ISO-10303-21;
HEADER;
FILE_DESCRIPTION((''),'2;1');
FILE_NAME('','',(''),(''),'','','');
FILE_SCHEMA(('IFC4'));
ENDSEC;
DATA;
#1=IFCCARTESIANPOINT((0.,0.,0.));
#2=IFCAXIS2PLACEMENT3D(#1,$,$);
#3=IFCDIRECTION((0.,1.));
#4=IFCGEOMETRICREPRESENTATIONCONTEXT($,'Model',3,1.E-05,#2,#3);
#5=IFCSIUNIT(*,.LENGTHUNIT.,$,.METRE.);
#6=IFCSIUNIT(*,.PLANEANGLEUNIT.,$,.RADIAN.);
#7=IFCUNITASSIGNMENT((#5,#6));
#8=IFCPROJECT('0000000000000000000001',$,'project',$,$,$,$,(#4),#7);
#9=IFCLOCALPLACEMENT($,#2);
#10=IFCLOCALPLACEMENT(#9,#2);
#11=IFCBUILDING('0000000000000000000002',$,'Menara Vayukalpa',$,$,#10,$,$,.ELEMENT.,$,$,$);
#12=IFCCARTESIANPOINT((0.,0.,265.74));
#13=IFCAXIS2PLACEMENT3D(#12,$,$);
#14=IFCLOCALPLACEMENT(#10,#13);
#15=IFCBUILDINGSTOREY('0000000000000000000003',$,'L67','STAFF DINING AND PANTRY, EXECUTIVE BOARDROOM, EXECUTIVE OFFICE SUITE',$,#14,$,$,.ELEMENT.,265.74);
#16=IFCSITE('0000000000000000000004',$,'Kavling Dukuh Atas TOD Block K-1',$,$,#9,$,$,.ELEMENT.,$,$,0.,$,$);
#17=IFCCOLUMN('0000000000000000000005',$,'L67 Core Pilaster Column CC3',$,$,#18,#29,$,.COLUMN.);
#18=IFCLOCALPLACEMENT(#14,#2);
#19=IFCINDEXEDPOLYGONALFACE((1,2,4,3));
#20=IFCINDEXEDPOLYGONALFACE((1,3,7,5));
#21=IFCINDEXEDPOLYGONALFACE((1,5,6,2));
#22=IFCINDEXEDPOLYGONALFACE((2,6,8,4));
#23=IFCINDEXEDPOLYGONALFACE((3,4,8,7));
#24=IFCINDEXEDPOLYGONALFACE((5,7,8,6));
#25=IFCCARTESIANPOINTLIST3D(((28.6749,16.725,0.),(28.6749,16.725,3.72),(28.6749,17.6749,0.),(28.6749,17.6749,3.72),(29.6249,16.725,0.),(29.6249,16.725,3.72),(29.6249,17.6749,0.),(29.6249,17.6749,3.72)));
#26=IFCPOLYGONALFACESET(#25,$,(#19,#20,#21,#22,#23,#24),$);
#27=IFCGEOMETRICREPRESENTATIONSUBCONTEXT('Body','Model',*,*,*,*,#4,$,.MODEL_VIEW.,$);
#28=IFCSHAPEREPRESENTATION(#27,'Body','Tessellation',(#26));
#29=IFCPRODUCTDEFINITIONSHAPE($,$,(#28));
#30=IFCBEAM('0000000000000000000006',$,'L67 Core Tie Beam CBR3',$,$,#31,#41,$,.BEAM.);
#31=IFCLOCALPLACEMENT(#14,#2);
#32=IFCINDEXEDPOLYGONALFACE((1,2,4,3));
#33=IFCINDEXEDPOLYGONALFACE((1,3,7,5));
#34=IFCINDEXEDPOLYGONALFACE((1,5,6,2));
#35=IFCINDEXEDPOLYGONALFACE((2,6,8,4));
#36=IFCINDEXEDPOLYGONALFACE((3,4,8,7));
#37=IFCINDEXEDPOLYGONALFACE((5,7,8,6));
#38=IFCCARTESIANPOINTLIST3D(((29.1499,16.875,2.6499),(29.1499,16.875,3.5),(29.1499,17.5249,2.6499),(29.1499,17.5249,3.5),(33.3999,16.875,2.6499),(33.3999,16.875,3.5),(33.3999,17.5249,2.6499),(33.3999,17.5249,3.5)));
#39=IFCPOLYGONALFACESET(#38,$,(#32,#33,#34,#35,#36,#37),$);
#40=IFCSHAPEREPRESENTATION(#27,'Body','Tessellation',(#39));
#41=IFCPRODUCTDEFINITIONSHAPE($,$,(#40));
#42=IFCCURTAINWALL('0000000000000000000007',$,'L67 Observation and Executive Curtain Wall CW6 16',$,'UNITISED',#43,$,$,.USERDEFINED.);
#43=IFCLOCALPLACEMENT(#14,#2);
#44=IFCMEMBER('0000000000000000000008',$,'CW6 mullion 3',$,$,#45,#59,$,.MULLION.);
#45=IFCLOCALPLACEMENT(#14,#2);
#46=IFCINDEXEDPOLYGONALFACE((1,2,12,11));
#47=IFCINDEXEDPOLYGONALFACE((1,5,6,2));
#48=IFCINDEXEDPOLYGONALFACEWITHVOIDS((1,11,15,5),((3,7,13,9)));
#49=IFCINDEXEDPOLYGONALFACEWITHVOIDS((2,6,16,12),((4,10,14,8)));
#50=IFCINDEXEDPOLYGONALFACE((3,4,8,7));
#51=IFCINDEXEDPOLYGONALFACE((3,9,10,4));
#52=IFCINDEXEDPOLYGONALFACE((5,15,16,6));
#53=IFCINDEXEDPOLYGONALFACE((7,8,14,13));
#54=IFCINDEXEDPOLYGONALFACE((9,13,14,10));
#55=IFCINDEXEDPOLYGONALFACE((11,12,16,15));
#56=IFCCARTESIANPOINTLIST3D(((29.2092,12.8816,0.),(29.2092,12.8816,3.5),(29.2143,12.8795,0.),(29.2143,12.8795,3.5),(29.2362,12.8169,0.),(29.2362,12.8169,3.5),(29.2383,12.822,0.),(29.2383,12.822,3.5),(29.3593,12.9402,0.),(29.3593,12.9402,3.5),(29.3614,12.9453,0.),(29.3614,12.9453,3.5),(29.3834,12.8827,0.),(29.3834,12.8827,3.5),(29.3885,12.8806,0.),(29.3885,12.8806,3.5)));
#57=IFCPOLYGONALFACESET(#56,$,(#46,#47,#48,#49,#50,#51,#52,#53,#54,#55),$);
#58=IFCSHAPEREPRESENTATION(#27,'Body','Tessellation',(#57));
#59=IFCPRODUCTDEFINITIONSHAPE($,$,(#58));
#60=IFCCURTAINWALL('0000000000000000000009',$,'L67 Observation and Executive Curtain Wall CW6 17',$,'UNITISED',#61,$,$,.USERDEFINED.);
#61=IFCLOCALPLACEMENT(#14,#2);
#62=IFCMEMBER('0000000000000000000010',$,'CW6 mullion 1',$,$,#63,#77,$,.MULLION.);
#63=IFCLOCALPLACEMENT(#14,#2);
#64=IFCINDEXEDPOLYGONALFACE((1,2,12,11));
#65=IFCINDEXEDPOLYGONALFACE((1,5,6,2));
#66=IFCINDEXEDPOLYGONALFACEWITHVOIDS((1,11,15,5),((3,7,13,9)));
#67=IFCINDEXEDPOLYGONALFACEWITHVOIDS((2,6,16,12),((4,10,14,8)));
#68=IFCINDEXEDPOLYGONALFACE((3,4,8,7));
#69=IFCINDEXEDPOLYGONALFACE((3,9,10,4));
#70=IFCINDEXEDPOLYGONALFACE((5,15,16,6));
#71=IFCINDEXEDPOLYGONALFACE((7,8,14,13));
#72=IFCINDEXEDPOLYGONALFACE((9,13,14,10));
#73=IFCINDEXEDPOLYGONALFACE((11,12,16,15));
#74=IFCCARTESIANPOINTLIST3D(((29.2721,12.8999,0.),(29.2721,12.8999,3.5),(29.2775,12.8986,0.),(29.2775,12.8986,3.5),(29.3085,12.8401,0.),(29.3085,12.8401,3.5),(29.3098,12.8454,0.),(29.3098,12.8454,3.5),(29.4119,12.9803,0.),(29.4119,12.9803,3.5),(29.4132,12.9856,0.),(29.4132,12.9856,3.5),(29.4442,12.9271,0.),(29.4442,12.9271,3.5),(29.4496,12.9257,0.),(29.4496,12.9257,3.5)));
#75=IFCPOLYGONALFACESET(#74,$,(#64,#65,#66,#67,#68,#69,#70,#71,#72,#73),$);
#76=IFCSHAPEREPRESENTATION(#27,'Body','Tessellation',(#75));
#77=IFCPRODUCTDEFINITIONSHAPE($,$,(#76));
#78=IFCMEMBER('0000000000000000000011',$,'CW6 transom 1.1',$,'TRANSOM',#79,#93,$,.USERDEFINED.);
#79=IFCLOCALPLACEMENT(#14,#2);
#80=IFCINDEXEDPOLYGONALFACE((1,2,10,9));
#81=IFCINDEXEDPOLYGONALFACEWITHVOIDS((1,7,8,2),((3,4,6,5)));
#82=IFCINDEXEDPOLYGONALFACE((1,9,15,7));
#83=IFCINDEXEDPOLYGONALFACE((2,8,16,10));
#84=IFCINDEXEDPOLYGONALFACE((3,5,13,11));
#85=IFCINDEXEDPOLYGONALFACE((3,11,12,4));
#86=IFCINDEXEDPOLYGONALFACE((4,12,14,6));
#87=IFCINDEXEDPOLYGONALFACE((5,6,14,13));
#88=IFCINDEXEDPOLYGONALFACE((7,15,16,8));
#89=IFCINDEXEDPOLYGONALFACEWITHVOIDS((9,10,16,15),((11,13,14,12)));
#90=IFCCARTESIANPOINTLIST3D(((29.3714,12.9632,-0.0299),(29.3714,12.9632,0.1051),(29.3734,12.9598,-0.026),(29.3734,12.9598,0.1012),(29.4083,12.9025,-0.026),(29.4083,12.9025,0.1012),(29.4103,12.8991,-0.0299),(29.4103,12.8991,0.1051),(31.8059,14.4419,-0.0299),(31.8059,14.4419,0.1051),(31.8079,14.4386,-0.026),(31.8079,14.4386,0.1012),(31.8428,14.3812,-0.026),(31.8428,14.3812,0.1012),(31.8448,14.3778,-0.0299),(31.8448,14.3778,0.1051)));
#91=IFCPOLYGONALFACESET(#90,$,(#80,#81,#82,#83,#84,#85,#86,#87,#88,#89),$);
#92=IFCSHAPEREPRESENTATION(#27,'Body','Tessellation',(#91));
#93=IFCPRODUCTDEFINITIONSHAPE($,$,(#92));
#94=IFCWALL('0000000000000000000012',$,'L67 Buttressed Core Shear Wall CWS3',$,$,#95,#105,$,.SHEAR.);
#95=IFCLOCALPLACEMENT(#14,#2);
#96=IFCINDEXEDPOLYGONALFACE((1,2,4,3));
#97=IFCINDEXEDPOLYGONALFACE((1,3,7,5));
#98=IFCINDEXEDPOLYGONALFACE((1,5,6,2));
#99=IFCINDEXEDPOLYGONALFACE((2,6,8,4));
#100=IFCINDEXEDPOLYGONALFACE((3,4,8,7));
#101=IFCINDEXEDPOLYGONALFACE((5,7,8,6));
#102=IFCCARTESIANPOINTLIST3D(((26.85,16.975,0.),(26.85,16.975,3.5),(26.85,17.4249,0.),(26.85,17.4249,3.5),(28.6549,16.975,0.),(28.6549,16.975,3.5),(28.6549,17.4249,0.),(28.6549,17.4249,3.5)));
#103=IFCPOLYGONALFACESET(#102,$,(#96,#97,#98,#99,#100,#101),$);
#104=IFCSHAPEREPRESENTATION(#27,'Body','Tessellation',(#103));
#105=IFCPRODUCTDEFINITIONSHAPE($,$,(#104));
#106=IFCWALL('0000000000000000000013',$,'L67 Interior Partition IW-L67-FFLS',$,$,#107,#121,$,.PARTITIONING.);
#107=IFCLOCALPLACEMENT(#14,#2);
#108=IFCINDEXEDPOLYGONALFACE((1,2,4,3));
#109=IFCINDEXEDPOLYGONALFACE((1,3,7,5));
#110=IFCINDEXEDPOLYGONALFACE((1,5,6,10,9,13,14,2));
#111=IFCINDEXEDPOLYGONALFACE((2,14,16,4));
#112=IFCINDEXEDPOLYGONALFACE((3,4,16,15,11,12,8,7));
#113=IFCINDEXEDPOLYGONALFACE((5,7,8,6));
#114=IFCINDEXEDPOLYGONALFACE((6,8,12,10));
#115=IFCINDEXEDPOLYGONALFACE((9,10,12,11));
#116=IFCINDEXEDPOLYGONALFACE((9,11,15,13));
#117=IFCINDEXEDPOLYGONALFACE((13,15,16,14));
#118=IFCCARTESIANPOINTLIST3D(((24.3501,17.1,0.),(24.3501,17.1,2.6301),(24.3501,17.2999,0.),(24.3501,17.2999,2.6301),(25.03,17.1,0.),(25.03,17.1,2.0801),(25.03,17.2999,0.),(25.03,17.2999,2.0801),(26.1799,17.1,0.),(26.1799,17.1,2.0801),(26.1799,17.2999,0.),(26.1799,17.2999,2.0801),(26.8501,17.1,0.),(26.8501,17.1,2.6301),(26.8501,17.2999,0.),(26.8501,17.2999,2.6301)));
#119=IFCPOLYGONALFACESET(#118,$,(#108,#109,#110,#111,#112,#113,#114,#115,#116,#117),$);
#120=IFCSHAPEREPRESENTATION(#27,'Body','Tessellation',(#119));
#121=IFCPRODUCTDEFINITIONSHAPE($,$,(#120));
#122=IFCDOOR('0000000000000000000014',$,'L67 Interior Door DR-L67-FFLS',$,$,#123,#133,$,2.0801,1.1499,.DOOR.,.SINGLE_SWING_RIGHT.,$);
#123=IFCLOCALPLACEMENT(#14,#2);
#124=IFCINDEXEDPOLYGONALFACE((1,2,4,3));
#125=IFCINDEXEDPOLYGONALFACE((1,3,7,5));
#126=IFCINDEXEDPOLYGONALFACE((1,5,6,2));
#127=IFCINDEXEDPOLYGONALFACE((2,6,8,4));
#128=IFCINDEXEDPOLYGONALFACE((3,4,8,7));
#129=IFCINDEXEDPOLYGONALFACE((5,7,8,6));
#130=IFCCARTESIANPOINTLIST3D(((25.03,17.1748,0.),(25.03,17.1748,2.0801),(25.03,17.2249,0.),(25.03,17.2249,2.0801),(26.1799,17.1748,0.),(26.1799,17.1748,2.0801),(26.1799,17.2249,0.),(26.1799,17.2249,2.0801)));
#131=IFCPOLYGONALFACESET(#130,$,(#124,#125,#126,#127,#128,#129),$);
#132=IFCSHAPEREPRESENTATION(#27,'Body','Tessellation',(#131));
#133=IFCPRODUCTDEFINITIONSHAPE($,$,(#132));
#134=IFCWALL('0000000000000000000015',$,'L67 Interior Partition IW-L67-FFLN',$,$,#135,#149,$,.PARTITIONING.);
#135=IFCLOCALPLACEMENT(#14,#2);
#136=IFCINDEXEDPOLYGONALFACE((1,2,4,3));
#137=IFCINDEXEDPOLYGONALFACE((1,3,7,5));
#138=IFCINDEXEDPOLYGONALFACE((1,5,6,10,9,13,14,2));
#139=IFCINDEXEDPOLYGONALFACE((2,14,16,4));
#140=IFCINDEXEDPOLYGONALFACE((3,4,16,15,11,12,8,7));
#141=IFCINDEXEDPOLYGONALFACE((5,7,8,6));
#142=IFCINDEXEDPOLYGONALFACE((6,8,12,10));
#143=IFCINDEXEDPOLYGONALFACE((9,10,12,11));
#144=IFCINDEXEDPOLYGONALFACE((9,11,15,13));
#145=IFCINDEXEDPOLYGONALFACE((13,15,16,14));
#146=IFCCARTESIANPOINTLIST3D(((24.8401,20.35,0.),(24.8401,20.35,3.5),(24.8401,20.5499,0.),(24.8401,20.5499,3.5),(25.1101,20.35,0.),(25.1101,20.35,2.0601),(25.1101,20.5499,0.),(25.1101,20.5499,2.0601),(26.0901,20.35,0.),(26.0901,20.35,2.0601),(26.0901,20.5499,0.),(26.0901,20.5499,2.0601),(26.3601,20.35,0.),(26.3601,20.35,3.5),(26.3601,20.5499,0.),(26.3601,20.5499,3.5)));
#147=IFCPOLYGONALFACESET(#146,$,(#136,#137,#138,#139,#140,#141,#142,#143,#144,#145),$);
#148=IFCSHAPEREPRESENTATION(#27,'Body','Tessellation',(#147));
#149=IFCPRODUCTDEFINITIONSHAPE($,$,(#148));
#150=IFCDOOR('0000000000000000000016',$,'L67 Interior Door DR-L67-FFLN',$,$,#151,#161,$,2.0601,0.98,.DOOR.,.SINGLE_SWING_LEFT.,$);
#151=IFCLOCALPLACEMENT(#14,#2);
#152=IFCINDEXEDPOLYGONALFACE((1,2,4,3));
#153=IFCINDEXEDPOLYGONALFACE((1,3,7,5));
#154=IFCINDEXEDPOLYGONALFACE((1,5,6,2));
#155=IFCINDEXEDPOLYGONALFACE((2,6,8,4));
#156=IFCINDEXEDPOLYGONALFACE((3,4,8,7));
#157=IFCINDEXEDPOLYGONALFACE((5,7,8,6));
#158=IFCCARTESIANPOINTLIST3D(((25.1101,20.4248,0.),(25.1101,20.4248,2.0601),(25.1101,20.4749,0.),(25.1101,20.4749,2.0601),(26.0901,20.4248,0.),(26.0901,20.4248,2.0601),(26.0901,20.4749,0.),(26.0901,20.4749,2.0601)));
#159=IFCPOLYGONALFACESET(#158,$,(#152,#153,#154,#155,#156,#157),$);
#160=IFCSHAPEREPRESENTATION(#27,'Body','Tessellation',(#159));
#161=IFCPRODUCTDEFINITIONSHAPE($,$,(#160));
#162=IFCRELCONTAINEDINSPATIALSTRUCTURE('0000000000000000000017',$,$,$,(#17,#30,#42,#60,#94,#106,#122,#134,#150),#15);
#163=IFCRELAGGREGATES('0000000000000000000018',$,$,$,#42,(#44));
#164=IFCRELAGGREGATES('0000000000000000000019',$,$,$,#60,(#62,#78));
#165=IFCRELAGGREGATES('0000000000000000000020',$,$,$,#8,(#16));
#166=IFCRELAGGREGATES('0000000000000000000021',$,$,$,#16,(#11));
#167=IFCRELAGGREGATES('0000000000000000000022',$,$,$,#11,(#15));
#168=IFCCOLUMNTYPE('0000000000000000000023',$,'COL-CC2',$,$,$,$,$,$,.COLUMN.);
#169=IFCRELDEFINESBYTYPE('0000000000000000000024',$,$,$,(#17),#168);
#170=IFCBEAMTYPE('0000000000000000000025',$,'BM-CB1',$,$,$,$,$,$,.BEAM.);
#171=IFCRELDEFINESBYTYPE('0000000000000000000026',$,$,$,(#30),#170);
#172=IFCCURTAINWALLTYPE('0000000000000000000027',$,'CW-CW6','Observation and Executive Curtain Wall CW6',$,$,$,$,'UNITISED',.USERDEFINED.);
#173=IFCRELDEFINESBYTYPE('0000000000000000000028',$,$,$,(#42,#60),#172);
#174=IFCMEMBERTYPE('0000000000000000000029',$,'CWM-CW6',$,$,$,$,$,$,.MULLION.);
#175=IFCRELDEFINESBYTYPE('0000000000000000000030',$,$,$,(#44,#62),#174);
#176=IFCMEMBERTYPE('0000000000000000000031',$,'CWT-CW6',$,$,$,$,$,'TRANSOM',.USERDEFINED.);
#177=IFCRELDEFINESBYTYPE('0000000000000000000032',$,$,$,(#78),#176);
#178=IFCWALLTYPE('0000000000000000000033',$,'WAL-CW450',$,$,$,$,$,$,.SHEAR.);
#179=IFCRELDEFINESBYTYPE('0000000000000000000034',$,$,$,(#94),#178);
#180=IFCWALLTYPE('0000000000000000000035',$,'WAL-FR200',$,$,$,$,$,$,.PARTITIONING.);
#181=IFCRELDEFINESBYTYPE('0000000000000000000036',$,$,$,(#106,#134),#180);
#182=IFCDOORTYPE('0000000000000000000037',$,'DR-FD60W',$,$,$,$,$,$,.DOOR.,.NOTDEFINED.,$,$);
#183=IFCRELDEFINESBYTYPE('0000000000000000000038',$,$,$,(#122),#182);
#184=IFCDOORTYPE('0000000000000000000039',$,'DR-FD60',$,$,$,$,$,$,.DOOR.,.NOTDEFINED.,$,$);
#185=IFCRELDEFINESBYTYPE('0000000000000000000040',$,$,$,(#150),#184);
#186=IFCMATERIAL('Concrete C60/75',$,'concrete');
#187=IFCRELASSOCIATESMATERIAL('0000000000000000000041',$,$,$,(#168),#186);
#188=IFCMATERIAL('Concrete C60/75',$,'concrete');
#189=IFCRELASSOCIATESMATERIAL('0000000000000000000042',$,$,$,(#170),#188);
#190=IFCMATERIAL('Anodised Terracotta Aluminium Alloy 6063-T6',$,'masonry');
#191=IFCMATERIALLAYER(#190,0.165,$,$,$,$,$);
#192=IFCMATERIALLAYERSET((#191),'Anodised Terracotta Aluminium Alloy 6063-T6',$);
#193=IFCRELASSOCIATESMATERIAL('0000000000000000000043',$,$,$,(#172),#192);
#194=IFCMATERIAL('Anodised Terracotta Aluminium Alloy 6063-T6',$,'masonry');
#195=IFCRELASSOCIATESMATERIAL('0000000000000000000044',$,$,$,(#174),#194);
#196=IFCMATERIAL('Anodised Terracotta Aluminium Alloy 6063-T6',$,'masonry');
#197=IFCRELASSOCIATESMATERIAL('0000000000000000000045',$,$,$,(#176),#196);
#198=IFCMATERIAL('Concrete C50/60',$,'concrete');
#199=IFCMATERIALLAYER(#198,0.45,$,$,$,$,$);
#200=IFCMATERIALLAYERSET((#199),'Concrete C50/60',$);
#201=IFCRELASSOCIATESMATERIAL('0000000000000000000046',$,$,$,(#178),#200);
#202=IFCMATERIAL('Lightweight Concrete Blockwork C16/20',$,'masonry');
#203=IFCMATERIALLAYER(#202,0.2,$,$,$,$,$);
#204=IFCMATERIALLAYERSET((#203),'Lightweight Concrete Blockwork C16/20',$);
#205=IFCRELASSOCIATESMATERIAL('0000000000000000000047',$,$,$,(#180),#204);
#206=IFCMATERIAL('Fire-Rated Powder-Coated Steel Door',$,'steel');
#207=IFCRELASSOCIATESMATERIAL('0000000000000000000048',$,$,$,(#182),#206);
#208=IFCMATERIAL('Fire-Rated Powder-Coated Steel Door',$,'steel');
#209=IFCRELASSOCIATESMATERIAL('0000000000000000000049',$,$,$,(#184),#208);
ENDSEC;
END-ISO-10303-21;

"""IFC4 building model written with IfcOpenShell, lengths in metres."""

from ifc_helpers import new_model, si_unit, direction, frame, frame_2d, origin, origin_2d, place, context, subcontext, project, spatial, rectangle, hollow_rectangle, extrude, material, layer, layer_set, material_profile, profile_set, type_object, element, fill, aggregate, save


model = new_model("IFC4")

# Units and contexts
model_context = context("Model", 3, precision=1e-05, world=origin(), true_north=direction((0.0, 1.0)))
body_context = subcontext(model_context, "Body", "Model", "MODEL_VIEW")
ifc_project = project(units=[si_unit("LENGTHUNIT", "METRE"), si_unit("PLANEANGLEUNIT", "RADIAN")], contexts=[model_context])

# Site, building, storey
site_placement = place(None, origin())
site = spatial("IfcSite", under=ifc_project, at=site_placement, Name="Kavling Dukuh Atas TOD Block K-1", CompositionType="ELEMENT", RefElevation=0.0)
building_placement = place(site_placement, origin())
building = spatial("IfcBuilding", under=site, at=building_placement, Name="Menara Vayukalpa", CompositionType="ELEMENT")
storey_placement = place(building_placement, frame((0.0, 0.0, 265.74)))
storey = spatial("IfcBuildingStorey", under=building, at=storey_placement, Name="L67", Description="STAFF DINING AND PANTRY, EXECUTIVE BOARDROOM, EXECUTIVE OFFICE SUITE", CompositionType="ELEMENT", Elevation=265.74)

# Column
ifc_material_1 = material(Name="Concrete C60/75", Category="concrete")
ifc_material_profile_1 = material_profile(ifc_material_1, rectangle(XDim=0.95, YDim=0.95, at=origin_2d()), Name="RC 950x950")
ifc_profile_set_1 = profile_set([ifc_material_profile_1], Name="Concrete C60/75")
column_type = type_object("IfcColumnType", Name="COL-CC2", PredefinedType="COLUMN", material=ifc_profile_set_1)
column_placement = place(storey_placement, frame((29.1499, 17.2, 0.0), z_axis=(0.0, 0.0, 1.0), x_axis=(1.0, 0.0, 0.0)))
element("IfcColumn", 1, at=column_placement, inside=storey, type_object=column_type, Name="L67 Core Pilaster Column CC3", PredefinedType="COLUMN", context=body_context, shape_type="SweptSolid", body=[
    extrude(rectangle(XDim=0.95, YDim=0.95, at=origin_2d()), origin(), (0.0, 0.0, 1.0), 3.72),
])

# Beam
ifc_material_2 = material(Name="Concrete C60/75", Category="concrete")
ifc_material_profile_2 = material_profile(ifc_material_2, rectangle(XDim=0.6499, YDim=0.8501, at=origin_2d()), Name="RC 650x850")
ifc_profile_set_2 = profile_set([ifc_material_profile_2], Name="Concrete C60/75")
beam_type = type_object("IfcBeamType", Name="BM-CB1", PredefinedType="BEAM", material=ifc_profile_set_2)
beam_placement = place(storey_placement, frame((29.1499, 17.2, 3.075), z_axis=(1.0, 0.0, 0.0), x_axis=(0.0, 1.0, 0.0)))
element("IfcBeam", 2, at=beam_placement, inside=storey, type_object=beam_type, Name="L67 Core Tie Beam CBR3", PredefinedType="BEAM", context=body_context, shape_type="SweptSolid", body=[
    extrude(rectangle(XDim=0.6499, YDim=0.8501, at=origin_2d()), origin(), (0.0, 0.0, 1.0), 4.25),
])

# Curtain wall, member
ifc_material_3 = material(Name="Anodised Terracotta Aluminium Alloy 6063-T6", Category="masonry")
ifc_layer_1 = layer(ifc_material_3, 0.165)
ifc_layer_set_1 = layer_set([ifc_layer_1], Name="Anodised Terracotta Aluminium Alloy 6063-T6")
curtain_wall_type = type_object("IfcCurtainWallType", Name="CW-CW6", Description="Observation and Executive Curtain Wall CW6", ElementType="UNITISED", PredefinedType="USERDEFINED", material=ifc_layer_set_1)
curtain_wall_1_placement = place(storey_placement, origin())
curtain_wall_1 = element("IfcCurtainWall", 3, at=curtain_wall_1_placement, inside=storey, type_object=curtain_wall_type, Name="L67 Observation and Executive Curtain Wall CW6 16", ObjectType="UNITISED", PredefinedType="USERDEFINED")
ifc_material_4 = material(Name="Anodised Terracotta Aluminium Alloy 6063-T6", Category="masonry")
ifc_material_profile_3 = material_profile(ifc_material_4, hollow_rectangle(XDim=0.0701, YDim=0.165, WallThickness=0.0039, at=origin_2d()), Name="ALU 70x165x4")
ifc_profile_set_3 = profile_set([ifc_material_profile_3], Name="Anodised Terracotta Aluminium Alloy 6063-T6")
member_type_1 = type_object("IfcMemberType", Name="CWM-CW6", PredefinedType="MULLION", material=ifc_profile_set_3)
member_1_placement = place(storey_placement, frame((29.2988, 12.8811, 0.0), z_axis=(0.0, 0.0, 1.0), x_axis=(-0.3859, 0.922541, 0.0)))
member_1 = element("IfcMember", 4, at=member_1_placement, type_object=member_type_1, Name="CW6 mullion 3", PredefinedType="MULLION", context=body_context, shape_type="SweptSolid", body=[
    extrude(hollow_rectangle(XDim=0.0701, YDim=0.165, WallThickness=0.0039, at=origin_2d()), origin(), (0.0, 0.0, 1.0), 3.5),
])
aggregate(curtain_wall_1, [member_1])

# Curtain wall, members
curtain_wall_2_placement = place(storey_placement, origin())
curtain_wall_2 = element("IfcCurtainWall", 5, at=curtain_wall_2_placement, inside=storey, type_object=curtain_wall_type, Name="L67 Observation and Executive Curtain Wall CW6 17", ObjectType="UNITISED", PredefinedType="USERDEFINED")
member_2_placement = place(storey_placement, frame((29.3608, 12.9128, 0.0), z_axis=(0.0, 0.0, 1.0), x_axis=(-0.519176, 0.854668, 0.0)))
member_2 = element("IfcMember", 6, at=member_2_placement, type_object=member_type_1, Name="CW6 mullion 1", PredefinedType="MULLION", context=body_context, shape_type="SweptSolid", body=[
    extrude(hollow_rectangle(XDim=0.0701, YDim=0.165, WallThickness=0.0039, at=origin_2d()), origin(), (0.0, 0.0, 1.0), 3.5),
])
ifc_material_5 = material(Name="Anodised Terracotta Aluminium Alloy 6063-T6", Category="masonry")
ifc_material_profile_4 = material_profile(ifc_material_5, hollow_rectangle(XDim=0.075, YDim=0.135, WallThickness=0.0039, at=origin_2d()), Name="ALU 75x135x4")
ifc_profile_set_4 = profile_set([ifc_material_profile_4], Name="Anodised Terracotta Aluminium Alloy 6063-T6")
member_type_2 = type_object("IfcMemberType", Name="CWT-CW6", ElementType="TRANSOM", PredefinedType="USERDEFINED", material=ifc_profile_set_4)
member_3_placement = place(storey_placement, frame((29.3909, 12.9312, 0.0376), z_axis=(0.85469, 0.519139, 0.0), x_axis=(-0.519139, 0.85469, 0.0)))
member_3 = element("IfcMember", 7, at=member_3_placement, type_object=member_type_2, Name="CW6 transom 1.1", ObjectType="TRANSOM", PredefinedType="USERDEFINED", context=body_context, shape_type="SweptSolid", body=[
    extrude(hollow_rectangle(XDim=0.075, YDim=0.135, WallThickness=0.0039, at=origin_2d()), origin(), (0.0, 0.0, 1.0), 2.8484),
])
aggregate(curtain_wall_2, [member_2, member_3])

# Wall
ifc_material_6 = material(Name="Concrete C50/60", Category="concrete")
ifc_layer_2 = layer(ifc_material_6, 0.45)
ifc_layer_set_2 = layer_set([ifc_layer_2], Name="Concrete C50/60")
wall_type_1 = type_object("IfcWallType", Name="WAL-CW450", PredefinedType="SHEAR", material=ifc_layer_set_2)
wall_1_placement = place(storey_placement, frame((26.8501, 17.2, 0.0), z_axis=(0.0, 0.0, 1.0), x_axis=(1.0, 0.0, 0.0)))
element("IfcWall", 8, at=wall_1_placement, inside=storey, type_object=wall_type_1, Name="L67 Buttressed Core Shear Wall CWS3", PredefinedType="SHEAR", context=body_context, shape_type="SweptSolid", body=[
    extrude(rectangle(XDim=1.8049, YDim=0.45, at=frame_2d((0.9023, 0.0))), origin(), (0.0, 0.0, 1.0), 3.5),
])

# Walls, openings, doors
ifc_material_7 = material(Name="Lightweight Concrete Blockwork C16/20", Category="masonry")
ifc_layer_3 = layer(ifc_material_7, 0.2)
ifc_layer_set_3 = layer_set([ifc_layer_3], Name="Lightweight Concrete Blockwork C16/20")
wall_type_2 = type_object("IfcWallType", Name="WAL-FR200", PredefinedType="PARTITIONING", material=ifc_layer_set_3)
wall_2_placement = place(storey_placement, frame((24.3501, 17.2, 0.0), z_axis=(0.0, 0.0, 1.0), x_axis=(1.0, 0.0, 0.0)))
wall_2 = element("IfcWall", 9, at=wall_2_placement, inside=storey, type_object=wall_type_2, Name="L67 Interior Partition IW-L67-FFLS", PredefinedType="PARTITIONING", context=body_context, shape_type="SweptSolid", body=[
    extrude(rectangle(XDim=2.5, YDim=0.2, at=frame_2d((1.25, 0.0))), origin(), (0.0, 0.0, 1.0), 2.6301),
])
opening_1_placement = place(wall_2_placement, frame((0.6799, 0.0, 0.0)))
opening_1 = element("IfcOpeningElement", 10, at=opening_1_placement, cuts=wall_2, PredefinedType="OPENING", context=body_context, shape_type="SweptSolid", body=[
    extrude(rectangle(XDim=1.1499, YDim=2.0801, at=frame_2d((0.575, 1.04))), frame((0.0, 0.1099, 0.0), z_axis=(0.0, -1.0, 0.0), x_axis=(1.0, 0.0, 0.0)), (0.0, 0.0, 1.0), 0.22),
])
ifc_material_8 = material(Name="Fire-Rated Powder-Coated Steel Door", Category="steel")
door_type_1 = type_object("IfcDoorType", Name="DR-FD60W", OperationType="NOTDEFINED", PredefinedType="DOOR", material=ifc_material_8)
door_1_placement = place(opening_1_placement, origin())
door_1 = element("IfcDoor", 11, at=door_1_placement, inside=storey, type_object=door_type_1, Name="L67 Interior Door DR-L67-FFLS", OperationType="SINGLE_SWING_RIGHT", OverallHeight=2.0801, OverallWidth=1.1499, PredefinedType="DOOR", context=body_context, shape_type="SweptSolid", body=[
    extrude(rectangle(XDim=1.1499, YDim=2.0801, at=frame_2d((0.575, 1.04))), frame((0.0, 0.0249, 0.0), z_axis=(0.0, -1.0, 0.0), x_axis=(1.0, 0.0, 0.0)), (0.0, 0.0, 1.0), 0.05),
])
fill(opening_1, door_1)
wall_3_placement = place(storey_placement, frame((24.8401, 20.45, 0.0), z_axis=(0.0, 0.0, 1.0), x_axis=(1.0, 0.0, 0.0)))
wall_3 = element("IfcWall", 12, at=wall_3_placement, inside=storey, type_object=wall_type_2, Name="L67 Interior Partition IW-L67-FFLN", PredefinedType="PARTITIONING", context=body_context, shape_type="SweptSolid", body=[
    extrude(rectangle(XDim=1.52, YDim=0.2, at=frame_2d((0.76, 0.0))), origin(), (0.0, 0.0, 1.0), 3.5),
])
opening_2_placement = place(wall_3_placement, frame((0.27, 0.0, 0.0)))
opening_2 = element("IfcOpeningElement", 13, at=opening_2_placement, cuts=wall_3, PredefinedType="OPENING", context=body_context, shape_type="SweptSolid", body=[
    extrude(rectangle(XDim=0.98, YDim=2.0601, at=frame_2d((0.49, 1.03))), frame((0.0, 0.1099, 0.0), z_axis=(0.0, -1.0, 0.0), x_axis=(1.0, 0.0, 0.0)), (0.0, 0.0, 1.0), 0.22),
])
ifc_material_9 = material(Name="Fire-Rated Powder-Coated Steel Door", Category="steel")
door_type_2 = type_object("IfcDoorType", Name="DR-FD60", OperationType="NOTDEFINED", PredefinedType="DOOR", material=ifc_material_9)
door_2_placement = place(opening_2_placement, origin())
door_2 = element("IfcDoor", 14, at=door_2_placement, inside=storey, type_object=door_type_2, Name="L67 Interior Door DR-L67-FFLN", OperationType="SINGLE_SWING_LEFT", OverallHeight=2.0601, OverallWidth=0.98, PredefinedType="DOOR", context=body_context, shape_type="SweptSolid", body=[
    extrude(rectangle(XDim=0.98, YDim=2.0601, at=frame_2d((0.49, 1.03))), frame((0.0, 0.0249, 0.0), z_axis=(0.0, -1.0, 0.0), x_axis=(1.0, 0.0, 0.0)), (0.0, 0.0, 1.0), 0.05),
])
fill(opening_2, door_2)

save(model, "model.ifc")
